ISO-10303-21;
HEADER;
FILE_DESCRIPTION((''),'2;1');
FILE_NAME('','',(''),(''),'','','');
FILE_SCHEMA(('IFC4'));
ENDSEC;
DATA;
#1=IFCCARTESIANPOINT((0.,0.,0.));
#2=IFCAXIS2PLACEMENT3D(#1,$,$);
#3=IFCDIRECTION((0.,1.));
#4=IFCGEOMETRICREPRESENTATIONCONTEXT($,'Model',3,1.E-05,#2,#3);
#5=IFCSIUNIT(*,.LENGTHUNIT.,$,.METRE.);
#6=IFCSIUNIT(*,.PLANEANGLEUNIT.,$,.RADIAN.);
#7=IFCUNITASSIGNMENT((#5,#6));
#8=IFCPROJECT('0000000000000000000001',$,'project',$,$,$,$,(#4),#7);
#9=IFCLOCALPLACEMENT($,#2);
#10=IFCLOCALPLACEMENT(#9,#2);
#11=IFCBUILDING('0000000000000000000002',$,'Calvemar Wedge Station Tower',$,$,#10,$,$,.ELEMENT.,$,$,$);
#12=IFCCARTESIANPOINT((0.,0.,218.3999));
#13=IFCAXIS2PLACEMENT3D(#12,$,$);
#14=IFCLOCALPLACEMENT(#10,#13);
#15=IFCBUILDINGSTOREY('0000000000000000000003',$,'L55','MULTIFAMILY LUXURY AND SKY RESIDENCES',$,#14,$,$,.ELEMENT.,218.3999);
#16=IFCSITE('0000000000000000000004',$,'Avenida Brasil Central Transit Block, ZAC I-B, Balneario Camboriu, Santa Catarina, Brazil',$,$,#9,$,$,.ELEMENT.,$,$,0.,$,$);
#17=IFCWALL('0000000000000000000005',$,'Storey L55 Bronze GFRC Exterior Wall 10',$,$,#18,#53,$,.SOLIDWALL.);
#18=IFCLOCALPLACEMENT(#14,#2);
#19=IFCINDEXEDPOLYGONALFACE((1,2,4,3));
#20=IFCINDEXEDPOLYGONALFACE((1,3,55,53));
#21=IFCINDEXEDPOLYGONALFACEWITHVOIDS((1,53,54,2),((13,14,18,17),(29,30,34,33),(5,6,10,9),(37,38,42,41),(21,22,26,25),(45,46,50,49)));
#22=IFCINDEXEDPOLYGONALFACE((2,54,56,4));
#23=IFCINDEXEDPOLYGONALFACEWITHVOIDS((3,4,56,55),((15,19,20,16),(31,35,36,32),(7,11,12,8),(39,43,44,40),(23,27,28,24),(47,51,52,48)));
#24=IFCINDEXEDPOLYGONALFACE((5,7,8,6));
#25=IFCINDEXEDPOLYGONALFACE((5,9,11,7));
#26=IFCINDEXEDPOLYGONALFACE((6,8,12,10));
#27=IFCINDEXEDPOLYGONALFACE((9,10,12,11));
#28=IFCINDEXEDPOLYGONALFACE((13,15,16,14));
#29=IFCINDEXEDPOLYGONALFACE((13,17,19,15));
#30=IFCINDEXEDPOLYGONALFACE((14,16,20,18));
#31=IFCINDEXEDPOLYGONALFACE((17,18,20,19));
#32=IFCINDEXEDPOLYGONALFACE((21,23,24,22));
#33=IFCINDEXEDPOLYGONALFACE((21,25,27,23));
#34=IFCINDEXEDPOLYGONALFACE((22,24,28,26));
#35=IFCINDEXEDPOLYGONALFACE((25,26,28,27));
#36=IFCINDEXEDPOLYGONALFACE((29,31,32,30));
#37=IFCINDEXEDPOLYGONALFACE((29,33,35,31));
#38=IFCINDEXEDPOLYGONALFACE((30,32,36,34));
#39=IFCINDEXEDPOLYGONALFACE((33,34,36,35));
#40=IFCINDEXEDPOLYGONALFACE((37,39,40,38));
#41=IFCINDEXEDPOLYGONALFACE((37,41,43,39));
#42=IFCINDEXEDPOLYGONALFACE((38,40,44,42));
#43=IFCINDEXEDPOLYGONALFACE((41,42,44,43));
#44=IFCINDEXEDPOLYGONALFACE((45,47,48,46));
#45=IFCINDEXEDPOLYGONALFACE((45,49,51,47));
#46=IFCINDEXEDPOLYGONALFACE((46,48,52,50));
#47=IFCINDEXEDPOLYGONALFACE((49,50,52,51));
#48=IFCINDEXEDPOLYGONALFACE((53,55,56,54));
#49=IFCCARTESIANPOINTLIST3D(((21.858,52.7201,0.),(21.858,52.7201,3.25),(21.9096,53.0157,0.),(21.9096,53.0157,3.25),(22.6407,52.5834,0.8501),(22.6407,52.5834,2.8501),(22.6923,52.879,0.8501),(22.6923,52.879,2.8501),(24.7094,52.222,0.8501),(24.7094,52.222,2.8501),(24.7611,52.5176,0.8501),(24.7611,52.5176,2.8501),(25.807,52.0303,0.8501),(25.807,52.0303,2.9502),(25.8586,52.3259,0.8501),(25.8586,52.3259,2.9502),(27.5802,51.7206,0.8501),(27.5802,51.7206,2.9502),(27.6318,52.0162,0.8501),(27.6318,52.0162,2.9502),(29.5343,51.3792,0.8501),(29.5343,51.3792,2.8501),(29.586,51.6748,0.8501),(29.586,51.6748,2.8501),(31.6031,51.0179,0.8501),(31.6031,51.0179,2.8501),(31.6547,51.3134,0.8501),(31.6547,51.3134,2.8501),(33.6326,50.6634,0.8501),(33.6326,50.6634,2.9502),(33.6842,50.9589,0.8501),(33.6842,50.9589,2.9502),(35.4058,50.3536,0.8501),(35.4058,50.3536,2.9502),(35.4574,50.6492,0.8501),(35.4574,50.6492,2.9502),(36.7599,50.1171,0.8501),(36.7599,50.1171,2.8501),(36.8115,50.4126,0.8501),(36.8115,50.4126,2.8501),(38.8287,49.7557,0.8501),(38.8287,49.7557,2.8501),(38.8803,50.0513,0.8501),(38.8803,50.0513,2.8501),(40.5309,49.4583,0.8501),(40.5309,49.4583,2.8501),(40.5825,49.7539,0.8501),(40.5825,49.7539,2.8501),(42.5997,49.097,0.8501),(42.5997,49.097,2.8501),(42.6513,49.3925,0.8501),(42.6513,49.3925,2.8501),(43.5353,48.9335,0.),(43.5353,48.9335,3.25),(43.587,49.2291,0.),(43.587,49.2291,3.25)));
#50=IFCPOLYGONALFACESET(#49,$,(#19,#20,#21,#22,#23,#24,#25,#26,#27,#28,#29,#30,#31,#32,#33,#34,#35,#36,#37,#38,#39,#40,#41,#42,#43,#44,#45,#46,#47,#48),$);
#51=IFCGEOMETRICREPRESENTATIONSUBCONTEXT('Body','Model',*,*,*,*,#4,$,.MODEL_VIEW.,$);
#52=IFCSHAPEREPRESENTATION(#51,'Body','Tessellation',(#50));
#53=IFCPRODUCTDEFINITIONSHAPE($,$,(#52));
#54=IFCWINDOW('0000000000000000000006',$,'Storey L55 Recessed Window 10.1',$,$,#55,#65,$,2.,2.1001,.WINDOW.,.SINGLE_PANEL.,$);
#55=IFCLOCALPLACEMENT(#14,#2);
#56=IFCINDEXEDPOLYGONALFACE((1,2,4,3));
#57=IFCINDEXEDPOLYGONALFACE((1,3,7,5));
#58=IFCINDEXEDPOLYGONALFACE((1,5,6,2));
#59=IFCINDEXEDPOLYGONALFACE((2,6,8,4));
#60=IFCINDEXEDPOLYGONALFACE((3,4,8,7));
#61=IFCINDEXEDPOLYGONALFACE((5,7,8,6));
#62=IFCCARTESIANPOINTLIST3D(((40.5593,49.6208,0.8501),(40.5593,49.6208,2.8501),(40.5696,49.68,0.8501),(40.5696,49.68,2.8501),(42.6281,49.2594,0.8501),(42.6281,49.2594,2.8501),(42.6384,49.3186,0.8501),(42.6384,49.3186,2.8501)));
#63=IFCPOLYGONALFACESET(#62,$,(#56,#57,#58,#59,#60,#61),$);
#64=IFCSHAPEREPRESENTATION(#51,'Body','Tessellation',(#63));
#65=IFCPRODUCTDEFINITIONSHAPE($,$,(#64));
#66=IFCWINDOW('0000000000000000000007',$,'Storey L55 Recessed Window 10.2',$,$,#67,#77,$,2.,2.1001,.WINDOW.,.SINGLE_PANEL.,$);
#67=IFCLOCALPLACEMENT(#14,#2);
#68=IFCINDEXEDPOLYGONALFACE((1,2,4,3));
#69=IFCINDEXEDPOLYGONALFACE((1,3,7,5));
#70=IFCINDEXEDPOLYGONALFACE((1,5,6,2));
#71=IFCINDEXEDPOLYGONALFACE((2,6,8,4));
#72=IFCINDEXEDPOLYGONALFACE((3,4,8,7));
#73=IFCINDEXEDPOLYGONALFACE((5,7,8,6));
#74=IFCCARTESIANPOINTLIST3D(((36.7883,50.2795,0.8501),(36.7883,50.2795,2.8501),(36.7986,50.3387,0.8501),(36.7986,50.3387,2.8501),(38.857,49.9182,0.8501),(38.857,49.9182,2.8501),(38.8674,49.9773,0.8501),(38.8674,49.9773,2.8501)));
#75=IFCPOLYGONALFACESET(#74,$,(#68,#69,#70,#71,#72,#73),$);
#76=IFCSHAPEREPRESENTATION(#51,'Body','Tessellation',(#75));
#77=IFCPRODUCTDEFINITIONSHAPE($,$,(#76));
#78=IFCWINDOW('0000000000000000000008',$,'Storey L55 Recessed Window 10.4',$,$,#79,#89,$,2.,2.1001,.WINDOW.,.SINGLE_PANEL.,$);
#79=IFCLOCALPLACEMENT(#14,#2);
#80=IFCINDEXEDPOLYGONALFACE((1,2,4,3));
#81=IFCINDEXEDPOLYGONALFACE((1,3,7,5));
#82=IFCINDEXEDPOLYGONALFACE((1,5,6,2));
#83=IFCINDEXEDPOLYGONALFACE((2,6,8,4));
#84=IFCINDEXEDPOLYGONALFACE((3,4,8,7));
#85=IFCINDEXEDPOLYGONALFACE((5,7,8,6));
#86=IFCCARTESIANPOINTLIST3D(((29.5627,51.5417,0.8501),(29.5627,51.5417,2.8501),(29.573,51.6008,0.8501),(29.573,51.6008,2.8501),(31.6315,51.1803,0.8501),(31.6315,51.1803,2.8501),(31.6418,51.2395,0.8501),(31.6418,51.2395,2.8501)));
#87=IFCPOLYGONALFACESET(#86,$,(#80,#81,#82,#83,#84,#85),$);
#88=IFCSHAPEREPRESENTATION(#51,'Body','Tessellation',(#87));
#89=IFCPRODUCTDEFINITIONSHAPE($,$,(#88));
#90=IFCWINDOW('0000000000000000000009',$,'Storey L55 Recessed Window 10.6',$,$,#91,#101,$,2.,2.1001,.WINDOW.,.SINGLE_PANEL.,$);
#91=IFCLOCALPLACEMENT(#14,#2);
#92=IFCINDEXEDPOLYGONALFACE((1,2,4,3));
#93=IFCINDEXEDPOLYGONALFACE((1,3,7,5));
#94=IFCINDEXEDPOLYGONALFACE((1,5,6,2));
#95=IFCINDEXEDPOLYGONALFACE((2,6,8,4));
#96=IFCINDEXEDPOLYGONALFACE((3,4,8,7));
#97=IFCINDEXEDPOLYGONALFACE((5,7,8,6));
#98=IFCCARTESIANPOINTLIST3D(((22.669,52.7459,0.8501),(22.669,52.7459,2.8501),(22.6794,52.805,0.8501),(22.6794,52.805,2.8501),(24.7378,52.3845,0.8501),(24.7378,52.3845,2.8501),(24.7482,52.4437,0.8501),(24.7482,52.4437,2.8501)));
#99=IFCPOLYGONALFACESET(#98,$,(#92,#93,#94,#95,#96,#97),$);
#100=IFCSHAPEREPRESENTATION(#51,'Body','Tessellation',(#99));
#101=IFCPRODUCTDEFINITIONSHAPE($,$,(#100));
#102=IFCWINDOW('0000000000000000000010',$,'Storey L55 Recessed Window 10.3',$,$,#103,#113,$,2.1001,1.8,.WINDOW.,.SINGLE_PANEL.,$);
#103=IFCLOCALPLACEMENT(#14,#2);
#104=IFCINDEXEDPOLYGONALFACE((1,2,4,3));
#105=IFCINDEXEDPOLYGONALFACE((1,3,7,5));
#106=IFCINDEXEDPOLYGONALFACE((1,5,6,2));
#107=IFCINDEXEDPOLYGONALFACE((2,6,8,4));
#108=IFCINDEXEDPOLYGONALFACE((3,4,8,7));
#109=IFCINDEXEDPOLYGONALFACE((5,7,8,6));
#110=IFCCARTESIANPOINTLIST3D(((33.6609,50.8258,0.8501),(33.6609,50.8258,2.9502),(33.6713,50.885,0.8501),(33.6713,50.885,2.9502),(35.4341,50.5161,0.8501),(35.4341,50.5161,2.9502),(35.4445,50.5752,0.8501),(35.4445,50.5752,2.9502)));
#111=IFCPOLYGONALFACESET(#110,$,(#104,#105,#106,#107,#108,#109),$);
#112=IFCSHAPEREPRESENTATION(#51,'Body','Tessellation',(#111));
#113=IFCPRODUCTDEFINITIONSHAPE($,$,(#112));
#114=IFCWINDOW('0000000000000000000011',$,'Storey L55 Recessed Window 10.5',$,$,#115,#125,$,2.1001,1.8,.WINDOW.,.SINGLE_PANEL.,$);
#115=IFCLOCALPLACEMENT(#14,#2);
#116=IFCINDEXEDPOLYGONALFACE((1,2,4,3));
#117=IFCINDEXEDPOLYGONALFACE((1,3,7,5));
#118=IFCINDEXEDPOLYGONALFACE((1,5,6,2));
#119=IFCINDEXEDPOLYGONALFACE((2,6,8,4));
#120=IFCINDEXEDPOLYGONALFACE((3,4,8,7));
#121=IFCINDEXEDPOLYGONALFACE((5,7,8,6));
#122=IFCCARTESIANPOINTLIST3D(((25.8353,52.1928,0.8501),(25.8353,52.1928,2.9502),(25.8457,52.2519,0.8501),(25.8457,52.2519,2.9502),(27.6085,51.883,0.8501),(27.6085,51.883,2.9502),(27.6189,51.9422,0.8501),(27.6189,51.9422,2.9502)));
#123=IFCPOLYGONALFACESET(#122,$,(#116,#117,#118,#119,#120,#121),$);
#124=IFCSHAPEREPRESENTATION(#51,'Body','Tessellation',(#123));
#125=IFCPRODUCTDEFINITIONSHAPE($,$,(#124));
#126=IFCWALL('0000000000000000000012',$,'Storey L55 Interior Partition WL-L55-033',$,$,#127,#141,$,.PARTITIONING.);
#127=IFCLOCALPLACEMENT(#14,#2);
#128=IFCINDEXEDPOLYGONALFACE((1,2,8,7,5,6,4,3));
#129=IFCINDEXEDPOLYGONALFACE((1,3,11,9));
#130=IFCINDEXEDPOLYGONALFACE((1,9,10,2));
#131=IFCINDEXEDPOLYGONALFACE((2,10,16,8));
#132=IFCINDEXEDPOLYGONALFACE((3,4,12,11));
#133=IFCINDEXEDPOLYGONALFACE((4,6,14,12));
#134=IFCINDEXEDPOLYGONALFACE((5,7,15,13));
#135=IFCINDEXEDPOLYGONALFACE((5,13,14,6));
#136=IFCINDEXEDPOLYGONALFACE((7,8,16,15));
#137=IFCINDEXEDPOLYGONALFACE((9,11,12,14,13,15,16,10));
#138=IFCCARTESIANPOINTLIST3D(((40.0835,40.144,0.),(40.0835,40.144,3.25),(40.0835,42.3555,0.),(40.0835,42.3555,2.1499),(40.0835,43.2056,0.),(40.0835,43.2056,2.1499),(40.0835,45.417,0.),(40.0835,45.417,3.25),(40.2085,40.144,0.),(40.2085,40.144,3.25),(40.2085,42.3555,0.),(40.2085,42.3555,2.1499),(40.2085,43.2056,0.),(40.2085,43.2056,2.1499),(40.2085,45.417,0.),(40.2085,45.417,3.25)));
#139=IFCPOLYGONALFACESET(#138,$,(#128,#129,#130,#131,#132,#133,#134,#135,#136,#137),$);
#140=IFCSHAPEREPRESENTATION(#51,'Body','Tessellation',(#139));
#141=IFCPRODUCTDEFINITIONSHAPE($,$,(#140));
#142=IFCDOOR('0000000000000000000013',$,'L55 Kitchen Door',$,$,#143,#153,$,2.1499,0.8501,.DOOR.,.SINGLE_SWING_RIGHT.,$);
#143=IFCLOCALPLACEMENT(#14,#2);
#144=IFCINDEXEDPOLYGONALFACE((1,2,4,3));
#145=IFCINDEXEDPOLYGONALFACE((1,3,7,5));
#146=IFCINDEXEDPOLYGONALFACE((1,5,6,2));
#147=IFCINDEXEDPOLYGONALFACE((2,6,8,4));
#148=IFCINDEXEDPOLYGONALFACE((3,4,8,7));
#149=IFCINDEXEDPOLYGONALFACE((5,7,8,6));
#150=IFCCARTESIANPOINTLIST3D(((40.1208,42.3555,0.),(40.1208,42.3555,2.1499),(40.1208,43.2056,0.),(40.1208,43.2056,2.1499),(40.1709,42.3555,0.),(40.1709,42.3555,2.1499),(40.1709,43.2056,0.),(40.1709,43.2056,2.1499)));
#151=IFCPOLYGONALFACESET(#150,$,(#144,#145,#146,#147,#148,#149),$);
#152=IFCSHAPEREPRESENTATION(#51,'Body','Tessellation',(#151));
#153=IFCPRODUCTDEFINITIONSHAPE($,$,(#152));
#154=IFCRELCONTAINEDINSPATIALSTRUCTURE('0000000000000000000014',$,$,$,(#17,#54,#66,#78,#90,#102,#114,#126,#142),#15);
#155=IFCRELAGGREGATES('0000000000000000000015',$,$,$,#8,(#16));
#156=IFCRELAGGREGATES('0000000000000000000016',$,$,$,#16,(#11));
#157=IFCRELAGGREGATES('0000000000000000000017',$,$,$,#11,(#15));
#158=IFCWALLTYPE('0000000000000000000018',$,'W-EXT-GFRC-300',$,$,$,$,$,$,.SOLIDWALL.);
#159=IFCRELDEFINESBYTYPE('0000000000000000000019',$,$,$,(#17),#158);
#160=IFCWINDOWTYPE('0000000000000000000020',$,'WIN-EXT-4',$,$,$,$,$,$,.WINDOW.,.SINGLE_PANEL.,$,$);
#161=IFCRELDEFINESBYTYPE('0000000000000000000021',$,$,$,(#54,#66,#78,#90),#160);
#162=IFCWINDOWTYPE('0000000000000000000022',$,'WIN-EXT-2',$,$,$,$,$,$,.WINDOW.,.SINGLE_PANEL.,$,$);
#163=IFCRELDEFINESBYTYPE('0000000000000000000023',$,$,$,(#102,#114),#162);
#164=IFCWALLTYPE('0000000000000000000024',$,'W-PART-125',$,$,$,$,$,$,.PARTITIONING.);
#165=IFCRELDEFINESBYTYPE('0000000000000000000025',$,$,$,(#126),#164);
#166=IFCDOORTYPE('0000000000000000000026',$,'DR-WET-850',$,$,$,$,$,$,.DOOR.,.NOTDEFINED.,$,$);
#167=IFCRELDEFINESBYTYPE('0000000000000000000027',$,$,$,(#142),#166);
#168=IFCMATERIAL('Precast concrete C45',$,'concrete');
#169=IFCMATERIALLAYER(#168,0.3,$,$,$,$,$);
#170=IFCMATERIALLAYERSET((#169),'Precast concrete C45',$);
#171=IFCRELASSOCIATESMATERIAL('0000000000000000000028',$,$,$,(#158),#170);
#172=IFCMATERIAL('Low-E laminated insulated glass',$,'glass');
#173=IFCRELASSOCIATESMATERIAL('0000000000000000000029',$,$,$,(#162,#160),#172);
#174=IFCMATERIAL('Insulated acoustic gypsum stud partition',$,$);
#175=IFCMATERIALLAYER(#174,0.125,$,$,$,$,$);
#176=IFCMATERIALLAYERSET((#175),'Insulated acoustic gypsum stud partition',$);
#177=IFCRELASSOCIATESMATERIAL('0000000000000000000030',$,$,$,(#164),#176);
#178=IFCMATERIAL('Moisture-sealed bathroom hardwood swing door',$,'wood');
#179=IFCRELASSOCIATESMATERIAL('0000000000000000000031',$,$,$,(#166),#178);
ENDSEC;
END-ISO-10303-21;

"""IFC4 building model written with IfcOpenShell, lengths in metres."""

from ifc_helpers import new_model, si_unit, direction, frame, frame_2d, origin, place, context, subcontext, project, spatial, rectangle, extrude, source, transform, mapped, material, layer, layer_set, type_object, element, fill, save


model = new_model("IFC4")

# Units and contexts
model_context = context("Model", 3, precision=1e-05, world=origin(), true_north=direction((0.0, 1.0)))
body_context = subcontext(model_context, "Body", "Model", "MODEL_VIEW")
ifc_project = project(units=[si_unit("LENGTHUNIT", "METRE"), si_unit("PLANEANGLEUNIT", "RADIAN")], contexts=[model_context])

# Site, building, storey
site_placement = place(None, origin())
site = spatial("IfcSite", under=ifc_project, at=site_placement, Name="Avenida Brasil Central Transit Block, ZAC I-B, Balneario Camboriu, Santa Catarina, Brazil", CompositionType="ELEMENT", RefElevation=0.0)
building_placement = place(site_placement, origin())
building = spatial("IfcBuilding", under=site, at=building_placement, Name="Calvemar Wedge Station Tower", CompositionType="ELEMENT")
storey_placement = place(building_placement, frame((0.0, 0.0, 218.3999)))
storey = spatial("IfcBuildingStorey", under=building, at=storey_placement, Name="L55", Description="MULTIFAMILY LUXURY AND SKY RESIDENCES", CompositionType="ELEMENT", Elevation=218.3999)

# Shared definitions
ifc_material_1 = material(Name="Precast concrete C45", Category="concrete")
ifc_layer_1 = layer(ifc_material_1, 0.3)
ifc_layer_set_1 = layer_set([ifc_layer_1], Name="Precast concrete C45")
wall_type_1 = type_object("IfcWallType", Name="W-EXT-GFRC-300", PredefinedType="SOLIDWALL", material=ifc_layer_set_1)
shared_shape_1 = source(origin(), body_context, "Body", "SweptSolid", [
    extrude(rectangle(XDim=1.8, YDim=2.1001, at=frame_2d((0.8999, 1.05))), frame((0.0, 0.1602, 0.0), z_axis=(0.0, -1.0, 0.0), x_axis=(1.0, 0.0, 0.0)), (0.0, 0.0, 1.0), 0.3201),
])
ifc_material_2 = material(Name="Low-E laminated insulated glass", Category="glass")
window_type_1 = type_object("IfcWindowType", Name="WIN-EXT-2", PartitioningType="SINGLE_PANEL", PredefinedType="WINDOW", material=ifc_material_2)
shared_shape_2 = source(origin(), body_context, "Body", "SweptSolid", [
    extrude(rectangle(XDim=1.8, YDim=2.1001, at=frame_2d((0.8999, 1.05))), frame((0.0, -0.0149, 0.0), z_axis=(0.0, -1.0, 0.0), x_axis=(1.0, 0.0, 0.0)), (0.0, 0.0, 1.0), 0.0601),
])

# Wall, openings, windows
wall_1_placement = place(storey_placement, frame((43.5613, 49.0813, 0.0), z_axis=(0.0, 0.0, 1.0), x_axis=(-0.985084, 0.172074, 0.0)))
wall_1 = element("IfcWall", 1, at=wall_1_placement, inside=storey, type_object=wall_type_1, Name="Storey L55 Bronze GFRC Exterior Wall 10", PredefinedType="SOLIDWALL", context=body_context, shape_type="SweptSolid", body=[
    extrude(rectangle(XDim=22.0056, YDim=0.3, at=frame_2d((11.0029, 0.0))), origin(), (0.0, 0.0, 1.0), 3.25),
])
shared_shape_3 = source(origin(), body_context, "Body", "SweptSolid", [
    extrude(rectangle(XDim=2.1001, YDim=2.0, at=frame_2d((1.05, 1.0))), frame((0.0, 0.1602, 0.0), z_axis=(0.0, -1.0, 0.0), x_axis=(1.0, 0.0, 0.0)), (0.0, 0.0, 1.0), 0.3201),
])
opening_1_placement = place(wall_1_placement, frame((0.95, 0.0, 0.8501)))
opening_1 = element("IfcOpeningElement", 2, at=opening_1_placement, cuts=wall_1, PredefinedType="OPENING", context=body_context, shape_type="MappedRepresentation", body=[
    mapped(shared_shape_3, transform((0.0, 0.0, 0.0), scale=1.0)),
])
opening_2_placement = place(wall_1_placement, frame((4.7781, 0.0, 0.8501)))
opening_2 = element("IfcOpeningElement", 3, at=opening_2_placement, cuts=wall_1, PredefinedType="OPENING", context=body_context, shape_type="MappedRepresentation", body=[
    mapped(shared_shape_3, transform((0.0, 0.0, 0.0), scale=1.0)),
])
opening_3_placement = place(wall_1_placement, frame((8.2529, 0.0, 0.8501)))
opening_3 = element("IfcOpeningElement", 4, at=opening_3_placement, cuts=wall_1, PredefinedType="OPENING", context=body_context, shape_type="MappedRepresentation", body=[
    mapped(shared_shape_1, transform((0.0, 0.0, 0.0), scale=1.0)),
])
opening_4_placement = place(wall_1_placement, frame((12.113, 0.0, 0.8501)))
opening_4 = element("IfcOpeningElement", 5, at=opening_4_placement, cuts=wall_1, PredefinedType="OPENING", context=body_context, shape_type="MappedRepresentation", body=[
    mapped(shared_shape_3, transform((0.0, 0.0, 0.0), scale=1.0)),
])
opening_5_placement = place(wall_1_placement, frame((16.197, 0.0, 0.8501)))
opening_5 = element("IfcOpeningElement", 6, at=opening_5_placement, cuts=wall_1, PredefinedType="OPENING", context=body_context, shape_type="MappedRepresentation", body=[
    mapped(shared_shape_1, transform((0.0, 0.0, 0.0), scale=1.0)),
])
opening_6_placement = place(wall_1_placement, frame((19.1111, 0.0, 0.8501)))
opening_6 = element("IfcOpeningElement", 7, at=opening_6_placement, cuts=wall_1, PredefinedType="OPENING", context=body_context, shape_type="MappedRepresentation", body=[
    mapped(shared_shape_3, transform((0.0, 0.0, 0.0), scale=1.0)),
])
window_type_2 = type_object("IfcWindowType", Name="WIN-EXT-4", PartitioningType="SINGLE_PANEL", PredefinedType="WINDOW", material=ifc_material_2)
shared_shape_4 = source(origin(), body_context, "Body", "SweptSolid", [
    extrude(rectangle(XDim=2.1001, YDim=2.0, at=frame_2d((1.05, 1.0))), frame((0.0, -0.0149, 0.0), z_axis=(0.0, -1.0, 0.0), x_axis=(1.0, 0.0, 0.0)), (0.0, 0.0, 1.0), 0.0601),
])
window_1_placement = place(opening_1_placement, origin())
window_1 = element("IfcWindow", 8, at=window_1_placement, inside=storey, type_object=window_type_2, Name="Storey L55 Recessed Window 10.1", OverallHeight=2.0, OverallWidth=2.1001, PartitioningType="SINGLE_PANEL", PredefinedType="WINDOW", context=body_context, shape_type="MappedRepresentation", body=[
    mapped(shared_shape_4, transform((0.0, 0.0, 0.0), scale=1.0)),
])
fill(opening_1, window_1)
window_2_placement = place(opening_2_placement, origin())
window_2 = element("IfcWindow", 9, at=window_2_placement, inside=storey, type_object=window_type_2, Name="Storey L55 Recessed Window 10.2", OverallHeight=2.0, OverallWidth=2.1001, PartitioningType="SINGLE_PANEL", PredefinedType="WINDOW", context=body_context, shape_type="MappedRepresentation", body=[
    mapped(shared_shape_4, transform((0.0, 0.0, 0.0), scale=1.0)),
])
fill(opening_2, window_2)
window_3_placement = place(opening_4_placement, origin())
window_3 = element("IfcWindow", 10, at=window_3_placement, inside=storey, type_object=window_type_2, Name="Storey L55 Recessed Window 10.4", OverallHeight=2.0, OverallWidth=2.1001, PartitioningType="SINGLE_PANEL", PredefinedType="WINDOW", context=body_context, shape_type="MappedRepresentation", body=[
    mapped(shared_shape_4, transform((0.0, 0.0, 0.0), scale=1.0)),
])
fill(opening_4, window_3)
window_4_placement = place(opening_6_placement, origin())
window_4 = element("IfcWindow", 11, at=window_4_placement, inside=storey, type_object=window_type_2, Name="Storey L55 Recessed Window 10.6", OverallHeight=2.0, OverallWidth=2.1001, PartitioningType="SINGLE_PANEL", PredefinedType="WINDOW", context=body_context, shape_type="MappedRepresentation", body=[
    mapped(shared_shape_4, transform((0.0, 0.0, 0.0), scale=1.0)),
])
fill(opening_6, window_4)
window_5_placement = place(opening_3_placement, origin())
window_5 = element("IfcWindow", 12, at=window_5_placement, inside=storey, type_object=window_type_1, Name="Storey L55 Recessed Window 10.3", OverallHeight=2.1001, OverallWidth=1.8, PartitioningType="SINGLE_PANEL", PredefinedType="WINDOW", context=body_context, shape_type="MappedRepresentation", body=[
    mapped(shared_shape_2, transform((0.0, 0.0, 0.0), scale=1.0)),
])
fill(opening_3, window_5)
window_6_placement = place(opening_5_placement, origin())
window_6 = element("IfcWindow", 13, at=window_6_placement, inside=storey, type_object=window_type_1, Name="Storey L55 Recessed Window 10.5", OverallHeight=2.1001, OverallWidth=1.8, PartitioningType="SINGLE_PANEL", PredefinedType="WINDOW", context=body_context, shape_type="MappedRepresentation", body=[
    mapped(shared_shape_2, transform((0.0, 0.0, 0.0), scale=1.0)),
])
fill(opening_5, window_6)

# Wall, opening, door
ifc_material_3 = material(Name="Insulated acoustic gypsum stud partition")
ifc_layer_2 = layer(ifc_material_3, 0.125)
ifc_layer_set_2 = layer_set([ifc_layer_2], Name="Insulated acoustic gypsum stud partition")
wall_type_2 = type_object("IfcWallType", Name="W-PART-125", PredefinedType="PARTITIONING", material=ifc_layer_set_2)
wall_2_placement = place(storey_placement, frame((40.146, 45.417, 0.0), z_axis=(0.0, 0.0, 1.0), x_axis=(0.0, -1.0, 0.0)))
wall_2 = element("IfcWall", 14, at=wall_2_placement, inside=storey, type_object=wall_type_2, Name="Storey L55 Interior Partition WL-L55-033", PredefinedType="PARTITIONING", context=body_context, shape_type="SweptSolid", body=[
    extrude(rectangle(XDim=5.2729, YDim=0.125, at=frame_2d((2.6365, 0.0))), origin(), (0.0, 0.0, 1.0), 3.25),
])
shared_shape_5 = source(origin(), body_context, "Body", "SweptSolid", [
    extrude(rectangle(XDim=0.8501, YDim=2.1499, at=frame_2d((0.425, 1.075))), frame((0.0, 0.0725, 0.0), z_axis=(0.0, -1.0, 0.0), x_axis=(1.0, 0.0, 0.0)), (0.0, 0.0, 1.0), 0.145),
])
opening_7_placement = place(wall_2_placement, frame((2.2114, 0.0, 0.0)))
opening_7 = element("IfcOpeningElement", 15, at=opening_7_placement, cuts=wall_2, PredefinedType="OPENING", context=body_context, shape_type="MappedRepresentation", body=[
    mapped(shared_shape_5, transform((0.0, 0.0, 0.0), scale=1.0)),
])
ifc_material_4 = material(Name="Moisture-sealed bathroom hardwood swing door", Category="wood")
door_type_1 = type_object("IfcDoorType", Name="DR-WET-850", OperationType="NOTDEFINED", PredefinedType="DOOR", material=ifc_material_4)
shared_shape_6 = source(origin(), body_context, "Body", "SweptSolid", [
    extrude(rectangle(XDim=0.8501, YDim=2.1499, at=frame_2d((0.425, 1.075))), frame((0.0, 0.0249, 0.0), z_axis=(0.0, -1.0, 0.0), x_axis=(1.0, 0.0, 0.0)), (0.0, 0.0, 1.0), 0.05),
])
door_1_placement = place(opening_7_placement, origin())
door_1 = element("IfcDoor", 16, at=door_1_placement, inside=storey, type_object=door_type_1, Name="L55 Kitchen Door", OperationType="SINGLE_SWING_RIGHT", OverallHeight=2.1499, OverallWidth=0.8501, PredefinedType="DOOR", context=body_context, shape_type="MappedRepresentation", body=[
    mapped(shared_shape_6, transform((0.0, 0.0, 0.0), scale=1.0)),
])
fill(opening_7, door_1)

save(model, "model.ifc")
